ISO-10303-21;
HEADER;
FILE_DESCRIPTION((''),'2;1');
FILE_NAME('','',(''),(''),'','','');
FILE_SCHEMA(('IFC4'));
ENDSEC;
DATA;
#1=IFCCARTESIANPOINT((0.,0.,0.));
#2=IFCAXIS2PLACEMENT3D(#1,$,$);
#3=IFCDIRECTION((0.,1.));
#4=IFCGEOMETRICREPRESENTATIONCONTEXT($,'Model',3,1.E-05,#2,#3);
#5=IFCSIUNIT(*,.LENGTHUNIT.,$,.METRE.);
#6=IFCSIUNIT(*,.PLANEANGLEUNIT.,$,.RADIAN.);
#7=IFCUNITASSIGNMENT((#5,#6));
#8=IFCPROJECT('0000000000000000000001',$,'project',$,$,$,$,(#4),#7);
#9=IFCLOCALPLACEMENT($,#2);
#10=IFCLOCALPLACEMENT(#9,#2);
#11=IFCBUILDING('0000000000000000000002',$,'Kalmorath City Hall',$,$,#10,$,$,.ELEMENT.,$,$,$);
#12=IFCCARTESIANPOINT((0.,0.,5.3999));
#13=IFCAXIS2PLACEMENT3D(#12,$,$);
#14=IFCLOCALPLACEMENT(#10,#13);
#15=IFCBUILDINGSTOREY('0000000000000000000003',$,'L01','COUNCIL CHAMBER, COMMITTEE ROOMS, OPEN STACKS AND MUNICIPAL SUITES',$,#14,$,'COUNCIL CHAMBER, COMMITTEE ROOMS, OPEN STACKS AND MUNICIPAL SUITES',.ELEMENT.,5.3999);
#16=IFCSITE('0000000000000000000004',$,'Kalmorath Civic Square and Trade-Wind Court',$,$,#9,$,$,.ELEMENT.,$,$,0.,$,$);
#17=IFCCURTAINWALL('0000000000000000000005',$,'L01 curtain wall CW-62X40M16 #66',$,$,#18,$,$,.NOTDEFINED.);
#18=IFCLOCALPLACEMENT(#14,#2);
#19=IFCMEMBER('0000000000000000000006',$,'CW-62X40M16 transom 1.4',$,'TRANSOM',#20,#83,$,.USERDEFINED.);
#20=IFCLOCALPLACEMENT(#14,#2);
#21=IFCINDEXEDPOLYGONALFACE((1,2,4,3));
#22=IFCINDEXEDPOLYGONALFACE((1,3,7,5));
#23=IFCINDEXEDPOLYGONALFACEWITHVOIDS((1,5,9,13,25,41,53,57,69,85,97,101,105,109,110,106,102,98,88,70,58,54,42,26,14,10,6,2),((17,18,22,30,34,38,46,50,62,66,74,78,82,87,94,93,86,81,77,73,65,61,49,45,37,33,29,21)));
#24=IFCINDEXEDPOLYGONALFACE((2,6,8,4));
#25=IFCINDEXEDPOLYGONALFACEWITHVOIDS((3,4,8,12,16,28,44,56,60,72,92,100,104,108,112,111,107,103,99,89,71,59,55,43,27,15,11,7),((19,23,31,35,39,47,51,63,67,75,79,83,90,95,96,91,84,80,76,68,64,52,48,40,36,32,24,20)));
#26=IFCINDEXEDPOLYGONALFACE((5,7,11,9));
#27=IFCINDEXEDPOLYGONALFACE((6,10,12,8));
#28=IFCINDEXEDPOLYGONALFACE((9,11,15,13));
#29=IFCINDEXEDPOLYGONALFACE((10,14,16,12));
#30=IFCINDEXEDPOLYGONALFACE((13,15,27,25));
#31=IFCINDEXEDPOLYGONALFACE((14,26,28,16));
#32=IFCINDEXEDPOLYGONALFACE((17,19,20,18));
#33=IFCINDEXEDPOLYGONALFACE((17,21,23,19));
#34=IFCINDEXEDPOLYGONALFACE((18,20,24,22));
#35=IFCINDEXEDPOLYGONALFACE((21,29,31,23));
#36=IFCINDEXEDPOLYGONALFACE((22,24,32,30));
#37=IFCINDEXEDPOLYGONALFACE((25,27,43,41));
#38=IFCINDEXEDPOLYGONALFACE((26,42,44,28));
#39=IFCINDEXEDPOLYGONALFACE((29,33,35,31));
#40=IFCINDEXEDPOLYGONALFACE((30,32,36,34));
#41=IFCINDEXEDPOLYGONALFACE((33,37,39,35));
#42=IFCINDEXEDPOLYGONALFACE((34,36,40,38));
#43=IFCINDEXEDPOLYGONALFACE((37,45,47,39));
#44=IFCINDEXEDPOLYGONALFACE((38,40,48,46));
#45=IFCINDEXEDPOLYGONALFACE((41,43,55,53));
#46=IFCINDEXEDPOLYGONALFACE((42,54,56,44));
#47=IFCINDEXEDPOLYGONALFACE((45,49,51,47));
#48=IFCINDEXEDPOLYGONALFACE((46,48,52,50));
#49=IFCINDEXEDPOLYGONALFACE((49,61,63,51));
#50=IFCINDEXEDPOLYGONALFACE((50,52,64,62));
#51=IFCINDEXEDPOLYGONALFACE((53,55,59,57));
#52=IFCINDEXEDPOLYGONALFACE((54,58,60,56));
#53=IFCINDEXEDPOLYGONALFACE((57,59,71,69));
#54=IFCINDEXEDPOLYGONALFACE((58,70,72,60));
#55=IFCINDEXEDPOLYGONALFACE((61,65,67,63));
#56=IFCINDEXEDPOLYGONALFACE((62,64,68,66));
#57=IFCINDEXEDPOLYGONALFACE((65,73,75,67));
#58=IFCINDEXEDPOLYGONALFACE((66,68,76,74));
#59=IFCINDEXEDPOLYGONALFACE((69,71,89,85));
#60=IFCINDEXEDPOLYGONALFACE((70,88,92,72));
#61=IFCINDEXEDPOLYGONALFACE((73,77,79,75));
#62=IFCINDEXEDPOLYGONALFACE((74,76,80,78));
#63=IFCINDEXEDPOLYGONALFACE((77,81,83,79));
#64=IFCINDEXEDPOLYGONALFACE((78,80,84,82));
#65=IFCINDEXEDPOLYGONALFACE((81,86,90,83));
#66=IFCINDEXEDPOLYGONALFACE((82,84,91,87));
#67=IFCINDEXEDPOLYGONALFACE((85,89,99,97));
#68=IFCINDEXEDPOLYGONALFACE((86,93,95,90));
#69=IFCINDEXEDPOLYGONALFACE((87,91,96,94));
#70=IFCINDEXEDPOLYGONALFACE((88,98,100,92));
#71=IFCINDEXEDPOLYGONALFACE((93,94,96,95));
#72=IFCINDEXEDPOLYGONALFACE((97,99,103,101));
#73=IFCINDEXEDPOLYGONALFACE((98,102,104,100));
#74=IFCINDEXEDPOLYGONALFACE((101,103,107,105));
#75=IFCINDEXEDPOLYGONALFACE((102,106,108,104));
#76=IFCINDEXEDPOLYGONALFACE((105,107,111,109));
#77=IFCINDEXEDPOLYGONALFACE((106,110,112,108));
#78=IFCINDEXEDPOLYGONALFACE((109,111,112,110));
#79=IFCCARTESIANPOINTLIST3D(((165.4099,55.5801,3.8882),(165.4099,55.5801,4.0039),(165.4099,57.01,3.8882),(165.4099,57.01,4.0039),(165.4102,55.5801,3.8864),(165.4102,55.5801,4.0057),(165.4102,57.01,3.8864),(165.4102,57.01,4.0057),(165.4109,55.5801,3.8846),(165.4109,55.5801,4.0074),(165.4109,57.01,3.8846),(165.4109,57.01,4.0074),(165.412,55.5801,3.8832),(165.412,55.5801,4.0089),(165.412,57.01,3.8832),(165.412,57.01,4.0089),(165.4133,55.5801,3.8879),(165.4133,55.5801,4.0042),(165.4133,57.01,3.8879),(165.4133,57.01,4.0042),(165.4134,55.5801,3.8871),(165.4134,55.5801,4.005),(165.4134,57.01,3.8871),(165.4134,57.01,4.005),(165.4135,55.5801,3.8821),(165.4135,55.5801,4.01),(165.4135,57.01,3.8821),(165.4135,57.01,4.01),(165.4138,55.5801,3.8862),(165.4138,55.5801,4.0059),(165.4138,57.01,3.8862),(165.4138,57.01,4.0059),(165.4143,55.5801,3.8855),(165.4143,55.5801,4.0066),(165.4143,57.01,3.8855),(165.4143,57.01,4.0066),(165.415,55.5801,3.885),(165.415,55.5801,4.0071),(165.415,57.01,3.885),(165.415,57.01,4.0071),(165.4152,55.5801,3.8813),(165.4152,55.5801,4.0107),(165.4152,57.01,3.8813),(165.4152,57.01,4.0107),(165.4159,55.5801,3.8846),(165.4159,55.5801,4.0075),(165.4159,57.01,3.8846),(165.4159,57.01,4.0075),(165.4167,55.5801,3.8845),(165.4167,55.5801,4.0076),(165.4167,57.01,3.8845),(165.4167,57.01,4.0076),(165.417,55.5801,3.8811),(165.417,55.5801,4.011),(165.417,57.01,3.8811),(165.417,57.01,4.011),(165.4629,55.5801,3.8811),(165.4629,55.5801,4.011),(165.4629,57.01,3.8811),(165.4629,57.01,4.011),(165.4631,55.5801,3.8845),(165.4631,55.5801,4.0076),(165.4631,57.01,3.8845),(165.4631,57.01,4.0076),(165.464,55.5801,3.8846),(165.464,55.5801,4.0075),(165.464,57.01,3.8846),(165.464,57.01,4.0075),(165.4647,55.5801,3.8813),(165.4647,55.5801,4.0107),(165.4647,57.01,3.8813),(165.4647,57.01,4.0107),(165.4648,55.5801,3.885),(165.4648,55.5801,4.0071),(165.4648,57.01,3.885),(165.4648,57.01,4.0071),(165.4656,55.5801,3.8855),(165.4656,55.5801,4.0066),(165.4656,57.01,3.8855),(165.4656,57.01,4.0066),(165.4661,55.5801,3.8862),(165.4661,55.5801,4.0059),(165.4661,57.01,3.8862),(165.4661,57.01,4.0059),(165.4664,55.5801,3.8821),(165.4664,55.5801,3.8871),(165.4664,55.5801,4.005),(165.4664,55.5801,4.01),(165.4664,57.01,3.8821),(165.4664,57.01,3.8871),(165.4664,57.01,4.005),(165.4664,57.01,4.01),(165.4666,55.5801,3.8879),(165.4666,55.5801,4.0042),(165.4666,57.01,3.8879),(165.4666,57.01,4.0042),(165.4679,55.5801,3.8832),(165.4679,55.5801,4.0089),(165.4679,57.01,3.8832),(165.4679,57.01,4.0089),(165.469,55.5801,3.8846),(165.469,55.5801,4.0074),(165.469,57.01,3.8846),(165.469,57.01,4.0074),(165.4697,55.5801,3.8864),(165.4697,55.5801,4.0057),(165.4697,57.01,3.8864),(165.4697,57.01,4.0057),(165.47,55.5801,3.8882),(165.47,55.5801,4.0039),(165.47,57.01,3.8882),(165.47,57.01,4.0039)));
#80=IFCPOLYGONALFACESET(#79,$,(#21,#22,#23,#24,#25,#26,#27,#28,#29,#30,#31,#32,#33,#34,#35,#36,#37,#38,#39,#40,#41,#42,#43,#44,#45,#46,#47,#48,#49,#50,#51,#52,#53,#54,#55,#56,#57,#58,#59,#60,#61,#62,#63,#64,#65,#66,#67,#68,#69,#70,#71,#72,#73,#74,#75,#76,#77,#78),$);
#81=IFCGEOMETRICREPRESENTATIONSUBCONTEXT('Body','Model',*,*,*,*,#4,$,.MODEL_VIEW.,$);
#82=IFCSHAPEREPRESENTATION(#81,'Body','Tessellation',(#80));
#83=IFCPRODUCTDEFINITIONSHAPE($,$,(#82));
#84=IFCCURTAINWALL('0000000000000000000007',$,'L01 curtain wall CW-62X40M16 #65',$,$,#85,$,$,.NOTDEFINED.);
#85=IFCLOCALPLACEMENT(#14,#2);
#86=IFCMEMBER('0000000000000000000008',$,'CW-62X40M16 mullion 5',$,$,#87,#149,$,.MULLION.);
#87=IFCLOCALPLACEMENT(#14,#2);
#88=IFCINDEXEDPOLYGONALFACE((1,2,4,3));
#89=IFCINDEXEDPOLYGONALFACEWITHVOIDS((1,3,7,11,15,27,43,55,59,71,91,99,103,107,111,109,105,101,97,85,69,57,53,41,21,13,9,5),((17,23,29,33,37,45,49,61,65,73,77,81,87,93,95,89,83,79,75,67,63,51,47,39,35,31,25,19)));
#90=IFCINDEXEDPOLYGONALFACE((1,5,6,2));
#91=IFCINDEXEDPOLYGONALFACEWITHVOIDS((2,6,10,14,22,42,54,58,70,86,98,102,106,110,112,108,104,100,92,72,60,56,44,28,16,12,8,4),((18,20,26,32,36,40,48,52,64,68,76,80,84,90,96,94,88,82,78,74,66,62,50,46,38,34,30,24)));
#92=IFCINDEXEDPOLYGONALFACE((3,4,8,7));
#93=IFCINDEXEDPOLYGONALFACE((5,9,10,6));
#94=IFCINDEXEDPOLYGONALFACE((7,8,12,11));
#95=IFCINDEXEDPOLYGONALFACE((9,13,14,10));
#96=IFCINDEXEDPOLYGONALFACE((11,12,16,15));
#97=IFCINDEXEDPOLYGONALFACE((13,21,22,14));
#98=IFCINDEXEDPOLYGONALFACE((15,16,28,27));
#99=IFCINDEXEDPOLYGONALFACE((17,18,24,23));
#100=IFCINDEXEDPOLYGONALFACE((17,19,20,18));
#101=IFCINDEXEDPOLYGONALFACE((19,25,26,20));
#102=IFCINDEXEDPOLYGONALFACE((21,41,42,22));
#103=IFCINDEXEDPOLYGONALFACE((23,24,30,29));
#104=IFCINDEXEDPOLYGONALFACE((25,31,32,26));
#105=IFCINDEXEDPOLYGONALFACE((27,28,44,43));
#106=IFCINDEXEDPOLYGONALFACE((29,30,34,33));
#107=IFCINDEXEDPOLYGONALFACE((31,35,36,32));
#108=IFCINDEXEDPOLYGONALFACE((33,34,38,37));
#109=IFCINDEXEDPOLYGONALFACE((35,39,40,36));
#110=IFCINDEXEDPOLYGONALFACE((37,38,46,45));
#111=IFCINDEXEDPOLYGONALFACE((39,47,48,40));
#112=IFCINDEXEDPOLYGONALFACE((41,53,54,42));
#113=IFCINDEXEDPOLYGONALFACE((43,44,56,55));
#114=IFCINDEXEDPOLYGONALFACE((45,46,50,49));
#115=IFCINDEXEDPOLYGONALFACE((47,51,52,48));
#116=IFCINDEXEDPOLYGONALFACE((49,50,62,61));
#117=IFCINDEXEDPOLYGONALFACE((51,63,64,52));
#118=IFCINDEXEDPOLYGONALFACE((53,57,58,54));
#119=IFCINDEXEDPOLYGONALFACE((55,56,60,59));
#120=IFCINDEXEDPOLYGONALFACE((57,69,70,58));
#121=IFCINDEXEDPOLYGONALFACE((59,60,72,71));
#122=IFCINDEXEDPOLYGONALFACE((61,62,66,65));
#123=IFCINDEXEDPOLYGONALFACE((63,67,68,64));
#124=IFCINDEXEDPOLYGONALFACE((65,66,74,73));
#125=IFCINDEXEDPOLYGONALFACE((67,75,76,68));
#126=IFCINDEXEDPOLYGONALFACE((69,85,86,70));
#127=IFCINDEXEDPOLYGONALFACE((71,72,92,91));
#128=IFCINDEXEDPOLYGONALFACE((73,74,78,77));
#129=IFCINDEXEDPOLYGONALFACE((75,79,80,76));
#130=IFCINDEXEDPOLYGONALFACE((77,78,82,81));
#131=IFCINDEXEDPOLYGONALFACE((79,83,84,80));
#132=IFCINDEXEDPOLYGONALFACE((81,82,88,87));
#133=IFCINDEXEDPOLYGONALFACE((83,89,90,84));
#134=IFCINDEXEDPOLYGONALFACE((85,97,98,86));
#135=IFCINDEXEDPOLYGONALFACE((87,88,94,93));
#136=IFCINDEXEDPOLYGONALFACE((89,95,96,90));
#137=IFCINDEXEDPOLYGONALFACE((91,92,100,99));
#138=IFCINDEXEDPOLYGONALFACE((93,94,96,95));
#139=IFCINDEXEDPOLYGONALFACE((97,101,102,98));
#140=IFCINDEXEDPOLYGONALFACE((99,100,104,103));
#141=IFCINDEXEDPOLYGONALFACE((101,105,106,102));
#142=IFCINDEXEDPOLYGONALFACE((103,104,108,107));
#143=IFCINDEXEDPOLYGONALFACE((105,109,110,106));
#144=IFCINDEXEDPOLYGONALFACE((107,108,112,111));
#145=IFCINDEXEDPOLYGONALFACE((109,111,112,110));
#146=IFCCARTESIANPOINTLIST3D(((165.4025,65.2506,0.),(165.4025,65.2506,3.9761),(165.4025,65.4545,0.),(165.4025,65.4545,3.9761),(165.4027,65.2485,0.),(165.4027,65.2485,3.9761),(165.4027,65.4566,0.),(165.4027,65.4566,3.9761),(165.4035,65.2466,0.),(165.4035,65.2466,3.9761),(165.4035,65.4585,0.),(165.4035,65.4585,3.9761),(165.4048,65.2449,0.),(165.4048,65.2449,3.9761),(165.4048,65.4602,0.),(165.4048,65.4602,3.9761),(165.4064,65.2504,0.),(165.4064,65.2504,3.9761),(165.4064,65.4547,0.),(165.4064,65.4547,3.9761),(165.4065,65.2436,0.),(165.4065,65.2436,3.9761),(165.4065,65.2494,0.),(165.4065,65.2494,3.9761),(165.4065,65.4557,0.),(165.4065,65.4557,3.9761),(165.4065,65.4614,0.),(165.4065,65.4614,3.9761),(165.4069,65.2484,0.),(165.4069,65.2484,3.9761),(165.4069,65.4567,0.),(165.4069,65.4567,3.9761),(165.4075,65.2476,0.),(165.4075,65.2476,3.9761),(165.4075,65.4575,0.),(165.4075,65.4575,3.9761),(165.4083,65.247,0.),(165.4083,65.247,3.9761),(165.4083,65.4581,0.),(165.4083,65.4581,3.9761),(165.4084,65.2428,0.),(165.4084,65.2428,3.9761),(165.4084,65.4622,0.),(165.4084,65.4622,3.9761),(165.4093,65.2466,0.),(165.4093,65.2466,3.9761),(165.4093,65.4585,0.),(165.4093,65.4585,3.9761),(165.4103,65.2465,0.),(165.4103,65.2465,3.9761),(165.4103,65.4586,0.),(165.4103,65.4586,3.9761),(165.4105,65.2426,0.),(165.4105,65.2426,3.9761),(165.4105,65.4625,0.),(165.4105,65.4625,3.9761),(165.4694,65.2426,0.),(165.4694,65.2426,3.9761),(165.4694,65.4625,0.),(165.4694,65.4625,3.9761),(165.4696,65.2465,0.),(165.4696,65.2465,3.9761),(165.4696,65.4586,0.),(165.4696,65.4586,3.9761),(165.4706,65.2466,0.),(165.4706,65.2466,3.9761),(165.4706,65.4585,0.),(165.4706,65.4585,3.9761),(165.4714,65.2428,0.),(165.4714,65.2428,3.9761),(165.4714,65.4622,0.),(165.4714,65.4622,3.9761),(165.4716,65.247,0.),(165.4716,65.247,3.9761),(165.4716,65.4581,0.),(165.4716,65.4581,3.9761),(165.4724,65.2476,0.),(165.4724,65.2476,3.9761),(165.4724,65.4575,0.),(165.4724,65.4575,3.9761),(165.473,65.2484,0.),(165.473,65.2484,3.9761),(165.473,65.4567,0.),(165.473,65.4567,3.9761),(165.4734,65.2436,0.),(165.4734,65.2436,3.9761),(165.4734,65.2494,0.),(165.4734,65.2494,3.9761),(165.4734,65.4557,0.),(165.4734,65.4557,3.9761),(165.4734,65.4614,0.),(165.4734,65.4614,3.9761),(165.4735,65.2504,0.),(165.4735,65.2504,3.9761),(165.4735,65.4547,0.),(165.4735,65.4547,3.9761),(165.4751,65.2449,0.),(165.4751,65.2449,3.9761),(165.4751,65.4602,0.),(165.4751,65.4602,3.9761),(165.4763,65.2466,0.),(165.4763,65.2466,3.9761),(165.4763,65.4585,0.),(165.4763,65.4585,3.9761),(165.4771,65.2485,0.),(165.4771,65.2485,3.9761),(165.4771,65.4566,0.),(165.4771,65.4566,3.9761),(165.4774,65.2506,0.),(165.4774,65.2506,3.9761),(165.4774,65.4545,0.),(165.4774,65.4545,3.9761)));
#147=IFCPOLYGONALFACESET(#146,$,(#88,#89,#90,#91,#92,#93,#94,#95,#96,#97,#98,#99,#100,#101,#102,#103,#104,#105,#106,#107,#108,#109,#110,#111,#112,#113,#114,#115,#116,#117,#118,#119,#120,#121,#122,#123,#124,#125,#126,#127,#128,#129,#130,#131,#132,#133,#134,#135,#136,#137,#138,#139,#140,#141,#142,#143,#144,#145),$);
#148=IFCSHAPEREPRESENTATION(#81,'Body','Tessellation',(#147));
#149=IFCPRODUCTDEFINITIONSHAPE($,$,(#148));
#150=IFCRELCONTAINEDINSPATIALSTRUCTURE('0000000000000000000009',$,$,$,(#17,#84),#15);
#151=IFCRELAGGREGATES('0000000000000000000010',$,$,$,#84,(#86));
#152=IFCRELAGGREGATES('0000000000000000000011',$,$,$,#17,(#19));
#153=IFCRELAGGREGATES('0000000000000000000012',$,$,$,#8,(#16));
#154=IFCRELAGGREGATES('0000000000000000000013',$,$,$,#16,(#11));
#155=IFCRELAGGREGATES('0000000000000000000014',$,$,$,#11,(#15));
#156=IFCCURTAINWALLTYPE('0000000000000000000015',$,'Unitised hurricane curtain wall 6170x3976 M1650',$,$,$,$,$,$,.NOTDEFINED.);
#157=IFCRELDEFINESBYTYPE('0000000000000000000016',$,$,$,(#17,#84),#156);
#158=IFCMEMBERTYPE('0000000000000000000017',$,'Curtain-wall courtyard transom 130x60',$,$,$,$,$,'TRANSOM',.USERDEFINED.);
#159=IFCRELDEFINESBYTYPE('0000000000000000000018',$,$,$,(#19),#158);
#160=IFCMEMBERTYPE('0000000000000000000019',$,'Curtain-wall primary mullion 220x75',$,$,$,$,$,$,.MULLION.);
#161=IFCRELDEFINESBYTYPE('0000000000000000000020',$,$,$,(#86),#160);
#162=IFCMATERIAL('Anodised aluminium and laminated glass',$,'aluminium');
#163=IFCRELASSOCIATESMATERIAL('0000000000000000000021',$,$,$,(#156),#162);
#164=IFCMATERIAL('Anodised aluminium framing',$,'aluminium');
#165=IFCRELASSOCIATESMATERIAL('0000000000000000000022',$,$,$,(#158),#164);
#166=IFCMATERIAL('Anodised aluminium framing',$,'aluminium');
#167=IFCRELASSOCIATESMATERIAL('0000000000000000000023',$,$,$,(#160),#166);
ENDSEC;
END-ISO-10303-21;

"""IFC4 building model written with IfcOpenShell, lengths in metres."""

from ifc_helpers import new_model, si_unit, direction, frame, origin, origin_2d, place, context, subcontext, project, spatial, hollow_rectangle, extrude, material, material_profile, profile_set, type_object, element, aggregate, save


model = new_model("IFC4")

# Units and contexts
model_context = context("Model", 3, precision=1e-05, world=origin(), true_north=direction((0.0, 1.0)))
body_context = subcontext(model_context, "Body", "Model", "MODEL_VIEW")
ifc_project = project(units=[si_unit("LENGTHUNIT", "METRE"), si_unit("PLANEANGLEUNIT", "RADIAN")], contexts=[model_context])

# Site, building, storey
site_placement = place(None, origin())
site = spatial("IfcSite", under=ifc_project, at=site_placement, Name="Kalmorath Civic Square and Trade-Wind Court", CompositionType="ELEMENT", RefElevation=0.0)
building_placement = place(site_placement, origin())
building = spatial("IfcBuilding", under=site, at=building_placement, Name="Kalmorath City Hall", CompositionType="ELEMENT")
storey_placement = place(building_placement, frame((0.0, 0.0, 5.3999)))
storey = spatial("IfcBuildingStorey", under=building, at=storey_placement, Name="L01", Description="COUNCIL CHAMBER, COMMITTEE ROOMS, OPEN STACKS AND MUNICIPAL SUITES", LongName="COUNCIL CHAMBER, COMMITTEE ROOMS, OPEN STACKS AND MUNICIPAL SUITES", CompositionType="ELEMENT", Elevation=5.3999)

# Curtain wall, member
ifc_material_1 = material(Name="Anodised aluminium and laminated glass", Category="aluminium")
curtain_wall_type = type_object("IfcCurtainWallType", Name="Unitised hurricane curtain wall 6170x3976 M1650", PredefinedType="NOTDEFINED", material=ifc_material_1)
curtain_wall_1_placement = place(storey_placement, origin())
curtain_wall_1 = element("IfcCurtainWall", 1, at=curtain_wall_1_placement, inside=storey, type_object=curtain_wall_type, Name="L01 curtain wall CW-62X40M16 #66", PredefinedType="NOTDEFINED")
ifc_material_2 = material(Name="Anodised aluminium framing", Category="aluminium")
ifc_material_profile_1 = material_profile(ifc_material_2, hollow_rectangle(XDim=0.0601, YDim=0.1299, WallThickness=0.0034, InnerFilletRadius=0.0034, OuterFilletRadius=0.0071, at=origin_2d()), Name="ALU-TRN-130X60X3.5")
ifc_profile_set_1 = profile_set([ifc_material_profile_1], Name="Anodised aluminium framing")
member_type_1 = type_object("IfcMemberType", Name="Curtain-wall courtyard transom 130x60", ElementType="TRANSOM", PredefinedType="USERDEFINED", material=ifc_profile_set_1)
member_1_placement = place(storey_placement, frame((165.4399, 57.01, 3.946), z_axis=(0.0, -1.0, 0.0), x_axis=(1.0, 0.0, 0.0)))
member_1 = element("IfcMember", 2, at=member_1_placement, type_object=member_type_1, Name="CW-62X40M16 transom 1.4", ObjectType="TRANSOM", PredefinedType="USERDEFINED", context=body_context, shape_type="SweptSolid", body=[
    extrude(hollow_rectangle(XDim=0.0601, YDim=0.1299, WallThickness=0.0034, InnerFilletRadius=0.0034, OuterFilletRadius=0.0071, at=origin_2d()), origin(), (0.0, 0.0, 1.0), 1.4299),
])

# Curtain wall, member
curtain_wall_2_placement = place(storey_placement, origin())
curtain_wall_2 = element("IfcCurtainWall", 3, at=curtain_wall_2_placement, inside=storey, type_object=curtain_wall_type, Name="L01 curtain wall CW-62X40M16 #65", PredefinedType="NOTDEFINED")
ifc_material_3 = material(Name="Anodised aluminium framing", Category="aluminium")
ifc_material_profile_2 = material_profile(ifc_material_3, hollow_rectangle(XDim=0.075, YDim=0.22, WallThickness=0.0039, InnerFilletRadius=0.0039, OuterFilletRadius=0.0081, at=origin_2d()), Name="ALU-MUL-220X75X4")
ifc_profile_set_2 = profile_set([ifc_material_profile_2], Name="Anodised aluminium framing")
member_type_2 = type_object("IfcMemberType", Name="Curtain-wall primary mullion 220x75", PredefinedType="MULLION", material=ifc_profile_set_2)
member_2_placement = place(storey_placement, frame((165.4399, 65.3525, 0.0), z_axis=(0.0, 0.0, 1.0), x_axis=(1.0, 0.0, 0.0)))
member_2 = element("IfcMember", 4, at=member_2_placement, type_object=member_type_2, Name="CW-62X40M16 mullion 5", PredefinedType="MULLION", context=body_context, shape_type="SweptSolid", body=[
    extrude(hollow_rectangle(XDim=0.075, YDim=0.22, WallThickness=0.0039, InnerFilletRadius=0.0039, OuterFilletRadius=0.0081, at=origin_2d()), origin(), (0.0, 0.0, 1.0), 3.9761),
])
aggregate(curtain_wall_2, [member_2])

aggregate(curtain_wall_1, [member_1])

save(model, "model.ifc")
